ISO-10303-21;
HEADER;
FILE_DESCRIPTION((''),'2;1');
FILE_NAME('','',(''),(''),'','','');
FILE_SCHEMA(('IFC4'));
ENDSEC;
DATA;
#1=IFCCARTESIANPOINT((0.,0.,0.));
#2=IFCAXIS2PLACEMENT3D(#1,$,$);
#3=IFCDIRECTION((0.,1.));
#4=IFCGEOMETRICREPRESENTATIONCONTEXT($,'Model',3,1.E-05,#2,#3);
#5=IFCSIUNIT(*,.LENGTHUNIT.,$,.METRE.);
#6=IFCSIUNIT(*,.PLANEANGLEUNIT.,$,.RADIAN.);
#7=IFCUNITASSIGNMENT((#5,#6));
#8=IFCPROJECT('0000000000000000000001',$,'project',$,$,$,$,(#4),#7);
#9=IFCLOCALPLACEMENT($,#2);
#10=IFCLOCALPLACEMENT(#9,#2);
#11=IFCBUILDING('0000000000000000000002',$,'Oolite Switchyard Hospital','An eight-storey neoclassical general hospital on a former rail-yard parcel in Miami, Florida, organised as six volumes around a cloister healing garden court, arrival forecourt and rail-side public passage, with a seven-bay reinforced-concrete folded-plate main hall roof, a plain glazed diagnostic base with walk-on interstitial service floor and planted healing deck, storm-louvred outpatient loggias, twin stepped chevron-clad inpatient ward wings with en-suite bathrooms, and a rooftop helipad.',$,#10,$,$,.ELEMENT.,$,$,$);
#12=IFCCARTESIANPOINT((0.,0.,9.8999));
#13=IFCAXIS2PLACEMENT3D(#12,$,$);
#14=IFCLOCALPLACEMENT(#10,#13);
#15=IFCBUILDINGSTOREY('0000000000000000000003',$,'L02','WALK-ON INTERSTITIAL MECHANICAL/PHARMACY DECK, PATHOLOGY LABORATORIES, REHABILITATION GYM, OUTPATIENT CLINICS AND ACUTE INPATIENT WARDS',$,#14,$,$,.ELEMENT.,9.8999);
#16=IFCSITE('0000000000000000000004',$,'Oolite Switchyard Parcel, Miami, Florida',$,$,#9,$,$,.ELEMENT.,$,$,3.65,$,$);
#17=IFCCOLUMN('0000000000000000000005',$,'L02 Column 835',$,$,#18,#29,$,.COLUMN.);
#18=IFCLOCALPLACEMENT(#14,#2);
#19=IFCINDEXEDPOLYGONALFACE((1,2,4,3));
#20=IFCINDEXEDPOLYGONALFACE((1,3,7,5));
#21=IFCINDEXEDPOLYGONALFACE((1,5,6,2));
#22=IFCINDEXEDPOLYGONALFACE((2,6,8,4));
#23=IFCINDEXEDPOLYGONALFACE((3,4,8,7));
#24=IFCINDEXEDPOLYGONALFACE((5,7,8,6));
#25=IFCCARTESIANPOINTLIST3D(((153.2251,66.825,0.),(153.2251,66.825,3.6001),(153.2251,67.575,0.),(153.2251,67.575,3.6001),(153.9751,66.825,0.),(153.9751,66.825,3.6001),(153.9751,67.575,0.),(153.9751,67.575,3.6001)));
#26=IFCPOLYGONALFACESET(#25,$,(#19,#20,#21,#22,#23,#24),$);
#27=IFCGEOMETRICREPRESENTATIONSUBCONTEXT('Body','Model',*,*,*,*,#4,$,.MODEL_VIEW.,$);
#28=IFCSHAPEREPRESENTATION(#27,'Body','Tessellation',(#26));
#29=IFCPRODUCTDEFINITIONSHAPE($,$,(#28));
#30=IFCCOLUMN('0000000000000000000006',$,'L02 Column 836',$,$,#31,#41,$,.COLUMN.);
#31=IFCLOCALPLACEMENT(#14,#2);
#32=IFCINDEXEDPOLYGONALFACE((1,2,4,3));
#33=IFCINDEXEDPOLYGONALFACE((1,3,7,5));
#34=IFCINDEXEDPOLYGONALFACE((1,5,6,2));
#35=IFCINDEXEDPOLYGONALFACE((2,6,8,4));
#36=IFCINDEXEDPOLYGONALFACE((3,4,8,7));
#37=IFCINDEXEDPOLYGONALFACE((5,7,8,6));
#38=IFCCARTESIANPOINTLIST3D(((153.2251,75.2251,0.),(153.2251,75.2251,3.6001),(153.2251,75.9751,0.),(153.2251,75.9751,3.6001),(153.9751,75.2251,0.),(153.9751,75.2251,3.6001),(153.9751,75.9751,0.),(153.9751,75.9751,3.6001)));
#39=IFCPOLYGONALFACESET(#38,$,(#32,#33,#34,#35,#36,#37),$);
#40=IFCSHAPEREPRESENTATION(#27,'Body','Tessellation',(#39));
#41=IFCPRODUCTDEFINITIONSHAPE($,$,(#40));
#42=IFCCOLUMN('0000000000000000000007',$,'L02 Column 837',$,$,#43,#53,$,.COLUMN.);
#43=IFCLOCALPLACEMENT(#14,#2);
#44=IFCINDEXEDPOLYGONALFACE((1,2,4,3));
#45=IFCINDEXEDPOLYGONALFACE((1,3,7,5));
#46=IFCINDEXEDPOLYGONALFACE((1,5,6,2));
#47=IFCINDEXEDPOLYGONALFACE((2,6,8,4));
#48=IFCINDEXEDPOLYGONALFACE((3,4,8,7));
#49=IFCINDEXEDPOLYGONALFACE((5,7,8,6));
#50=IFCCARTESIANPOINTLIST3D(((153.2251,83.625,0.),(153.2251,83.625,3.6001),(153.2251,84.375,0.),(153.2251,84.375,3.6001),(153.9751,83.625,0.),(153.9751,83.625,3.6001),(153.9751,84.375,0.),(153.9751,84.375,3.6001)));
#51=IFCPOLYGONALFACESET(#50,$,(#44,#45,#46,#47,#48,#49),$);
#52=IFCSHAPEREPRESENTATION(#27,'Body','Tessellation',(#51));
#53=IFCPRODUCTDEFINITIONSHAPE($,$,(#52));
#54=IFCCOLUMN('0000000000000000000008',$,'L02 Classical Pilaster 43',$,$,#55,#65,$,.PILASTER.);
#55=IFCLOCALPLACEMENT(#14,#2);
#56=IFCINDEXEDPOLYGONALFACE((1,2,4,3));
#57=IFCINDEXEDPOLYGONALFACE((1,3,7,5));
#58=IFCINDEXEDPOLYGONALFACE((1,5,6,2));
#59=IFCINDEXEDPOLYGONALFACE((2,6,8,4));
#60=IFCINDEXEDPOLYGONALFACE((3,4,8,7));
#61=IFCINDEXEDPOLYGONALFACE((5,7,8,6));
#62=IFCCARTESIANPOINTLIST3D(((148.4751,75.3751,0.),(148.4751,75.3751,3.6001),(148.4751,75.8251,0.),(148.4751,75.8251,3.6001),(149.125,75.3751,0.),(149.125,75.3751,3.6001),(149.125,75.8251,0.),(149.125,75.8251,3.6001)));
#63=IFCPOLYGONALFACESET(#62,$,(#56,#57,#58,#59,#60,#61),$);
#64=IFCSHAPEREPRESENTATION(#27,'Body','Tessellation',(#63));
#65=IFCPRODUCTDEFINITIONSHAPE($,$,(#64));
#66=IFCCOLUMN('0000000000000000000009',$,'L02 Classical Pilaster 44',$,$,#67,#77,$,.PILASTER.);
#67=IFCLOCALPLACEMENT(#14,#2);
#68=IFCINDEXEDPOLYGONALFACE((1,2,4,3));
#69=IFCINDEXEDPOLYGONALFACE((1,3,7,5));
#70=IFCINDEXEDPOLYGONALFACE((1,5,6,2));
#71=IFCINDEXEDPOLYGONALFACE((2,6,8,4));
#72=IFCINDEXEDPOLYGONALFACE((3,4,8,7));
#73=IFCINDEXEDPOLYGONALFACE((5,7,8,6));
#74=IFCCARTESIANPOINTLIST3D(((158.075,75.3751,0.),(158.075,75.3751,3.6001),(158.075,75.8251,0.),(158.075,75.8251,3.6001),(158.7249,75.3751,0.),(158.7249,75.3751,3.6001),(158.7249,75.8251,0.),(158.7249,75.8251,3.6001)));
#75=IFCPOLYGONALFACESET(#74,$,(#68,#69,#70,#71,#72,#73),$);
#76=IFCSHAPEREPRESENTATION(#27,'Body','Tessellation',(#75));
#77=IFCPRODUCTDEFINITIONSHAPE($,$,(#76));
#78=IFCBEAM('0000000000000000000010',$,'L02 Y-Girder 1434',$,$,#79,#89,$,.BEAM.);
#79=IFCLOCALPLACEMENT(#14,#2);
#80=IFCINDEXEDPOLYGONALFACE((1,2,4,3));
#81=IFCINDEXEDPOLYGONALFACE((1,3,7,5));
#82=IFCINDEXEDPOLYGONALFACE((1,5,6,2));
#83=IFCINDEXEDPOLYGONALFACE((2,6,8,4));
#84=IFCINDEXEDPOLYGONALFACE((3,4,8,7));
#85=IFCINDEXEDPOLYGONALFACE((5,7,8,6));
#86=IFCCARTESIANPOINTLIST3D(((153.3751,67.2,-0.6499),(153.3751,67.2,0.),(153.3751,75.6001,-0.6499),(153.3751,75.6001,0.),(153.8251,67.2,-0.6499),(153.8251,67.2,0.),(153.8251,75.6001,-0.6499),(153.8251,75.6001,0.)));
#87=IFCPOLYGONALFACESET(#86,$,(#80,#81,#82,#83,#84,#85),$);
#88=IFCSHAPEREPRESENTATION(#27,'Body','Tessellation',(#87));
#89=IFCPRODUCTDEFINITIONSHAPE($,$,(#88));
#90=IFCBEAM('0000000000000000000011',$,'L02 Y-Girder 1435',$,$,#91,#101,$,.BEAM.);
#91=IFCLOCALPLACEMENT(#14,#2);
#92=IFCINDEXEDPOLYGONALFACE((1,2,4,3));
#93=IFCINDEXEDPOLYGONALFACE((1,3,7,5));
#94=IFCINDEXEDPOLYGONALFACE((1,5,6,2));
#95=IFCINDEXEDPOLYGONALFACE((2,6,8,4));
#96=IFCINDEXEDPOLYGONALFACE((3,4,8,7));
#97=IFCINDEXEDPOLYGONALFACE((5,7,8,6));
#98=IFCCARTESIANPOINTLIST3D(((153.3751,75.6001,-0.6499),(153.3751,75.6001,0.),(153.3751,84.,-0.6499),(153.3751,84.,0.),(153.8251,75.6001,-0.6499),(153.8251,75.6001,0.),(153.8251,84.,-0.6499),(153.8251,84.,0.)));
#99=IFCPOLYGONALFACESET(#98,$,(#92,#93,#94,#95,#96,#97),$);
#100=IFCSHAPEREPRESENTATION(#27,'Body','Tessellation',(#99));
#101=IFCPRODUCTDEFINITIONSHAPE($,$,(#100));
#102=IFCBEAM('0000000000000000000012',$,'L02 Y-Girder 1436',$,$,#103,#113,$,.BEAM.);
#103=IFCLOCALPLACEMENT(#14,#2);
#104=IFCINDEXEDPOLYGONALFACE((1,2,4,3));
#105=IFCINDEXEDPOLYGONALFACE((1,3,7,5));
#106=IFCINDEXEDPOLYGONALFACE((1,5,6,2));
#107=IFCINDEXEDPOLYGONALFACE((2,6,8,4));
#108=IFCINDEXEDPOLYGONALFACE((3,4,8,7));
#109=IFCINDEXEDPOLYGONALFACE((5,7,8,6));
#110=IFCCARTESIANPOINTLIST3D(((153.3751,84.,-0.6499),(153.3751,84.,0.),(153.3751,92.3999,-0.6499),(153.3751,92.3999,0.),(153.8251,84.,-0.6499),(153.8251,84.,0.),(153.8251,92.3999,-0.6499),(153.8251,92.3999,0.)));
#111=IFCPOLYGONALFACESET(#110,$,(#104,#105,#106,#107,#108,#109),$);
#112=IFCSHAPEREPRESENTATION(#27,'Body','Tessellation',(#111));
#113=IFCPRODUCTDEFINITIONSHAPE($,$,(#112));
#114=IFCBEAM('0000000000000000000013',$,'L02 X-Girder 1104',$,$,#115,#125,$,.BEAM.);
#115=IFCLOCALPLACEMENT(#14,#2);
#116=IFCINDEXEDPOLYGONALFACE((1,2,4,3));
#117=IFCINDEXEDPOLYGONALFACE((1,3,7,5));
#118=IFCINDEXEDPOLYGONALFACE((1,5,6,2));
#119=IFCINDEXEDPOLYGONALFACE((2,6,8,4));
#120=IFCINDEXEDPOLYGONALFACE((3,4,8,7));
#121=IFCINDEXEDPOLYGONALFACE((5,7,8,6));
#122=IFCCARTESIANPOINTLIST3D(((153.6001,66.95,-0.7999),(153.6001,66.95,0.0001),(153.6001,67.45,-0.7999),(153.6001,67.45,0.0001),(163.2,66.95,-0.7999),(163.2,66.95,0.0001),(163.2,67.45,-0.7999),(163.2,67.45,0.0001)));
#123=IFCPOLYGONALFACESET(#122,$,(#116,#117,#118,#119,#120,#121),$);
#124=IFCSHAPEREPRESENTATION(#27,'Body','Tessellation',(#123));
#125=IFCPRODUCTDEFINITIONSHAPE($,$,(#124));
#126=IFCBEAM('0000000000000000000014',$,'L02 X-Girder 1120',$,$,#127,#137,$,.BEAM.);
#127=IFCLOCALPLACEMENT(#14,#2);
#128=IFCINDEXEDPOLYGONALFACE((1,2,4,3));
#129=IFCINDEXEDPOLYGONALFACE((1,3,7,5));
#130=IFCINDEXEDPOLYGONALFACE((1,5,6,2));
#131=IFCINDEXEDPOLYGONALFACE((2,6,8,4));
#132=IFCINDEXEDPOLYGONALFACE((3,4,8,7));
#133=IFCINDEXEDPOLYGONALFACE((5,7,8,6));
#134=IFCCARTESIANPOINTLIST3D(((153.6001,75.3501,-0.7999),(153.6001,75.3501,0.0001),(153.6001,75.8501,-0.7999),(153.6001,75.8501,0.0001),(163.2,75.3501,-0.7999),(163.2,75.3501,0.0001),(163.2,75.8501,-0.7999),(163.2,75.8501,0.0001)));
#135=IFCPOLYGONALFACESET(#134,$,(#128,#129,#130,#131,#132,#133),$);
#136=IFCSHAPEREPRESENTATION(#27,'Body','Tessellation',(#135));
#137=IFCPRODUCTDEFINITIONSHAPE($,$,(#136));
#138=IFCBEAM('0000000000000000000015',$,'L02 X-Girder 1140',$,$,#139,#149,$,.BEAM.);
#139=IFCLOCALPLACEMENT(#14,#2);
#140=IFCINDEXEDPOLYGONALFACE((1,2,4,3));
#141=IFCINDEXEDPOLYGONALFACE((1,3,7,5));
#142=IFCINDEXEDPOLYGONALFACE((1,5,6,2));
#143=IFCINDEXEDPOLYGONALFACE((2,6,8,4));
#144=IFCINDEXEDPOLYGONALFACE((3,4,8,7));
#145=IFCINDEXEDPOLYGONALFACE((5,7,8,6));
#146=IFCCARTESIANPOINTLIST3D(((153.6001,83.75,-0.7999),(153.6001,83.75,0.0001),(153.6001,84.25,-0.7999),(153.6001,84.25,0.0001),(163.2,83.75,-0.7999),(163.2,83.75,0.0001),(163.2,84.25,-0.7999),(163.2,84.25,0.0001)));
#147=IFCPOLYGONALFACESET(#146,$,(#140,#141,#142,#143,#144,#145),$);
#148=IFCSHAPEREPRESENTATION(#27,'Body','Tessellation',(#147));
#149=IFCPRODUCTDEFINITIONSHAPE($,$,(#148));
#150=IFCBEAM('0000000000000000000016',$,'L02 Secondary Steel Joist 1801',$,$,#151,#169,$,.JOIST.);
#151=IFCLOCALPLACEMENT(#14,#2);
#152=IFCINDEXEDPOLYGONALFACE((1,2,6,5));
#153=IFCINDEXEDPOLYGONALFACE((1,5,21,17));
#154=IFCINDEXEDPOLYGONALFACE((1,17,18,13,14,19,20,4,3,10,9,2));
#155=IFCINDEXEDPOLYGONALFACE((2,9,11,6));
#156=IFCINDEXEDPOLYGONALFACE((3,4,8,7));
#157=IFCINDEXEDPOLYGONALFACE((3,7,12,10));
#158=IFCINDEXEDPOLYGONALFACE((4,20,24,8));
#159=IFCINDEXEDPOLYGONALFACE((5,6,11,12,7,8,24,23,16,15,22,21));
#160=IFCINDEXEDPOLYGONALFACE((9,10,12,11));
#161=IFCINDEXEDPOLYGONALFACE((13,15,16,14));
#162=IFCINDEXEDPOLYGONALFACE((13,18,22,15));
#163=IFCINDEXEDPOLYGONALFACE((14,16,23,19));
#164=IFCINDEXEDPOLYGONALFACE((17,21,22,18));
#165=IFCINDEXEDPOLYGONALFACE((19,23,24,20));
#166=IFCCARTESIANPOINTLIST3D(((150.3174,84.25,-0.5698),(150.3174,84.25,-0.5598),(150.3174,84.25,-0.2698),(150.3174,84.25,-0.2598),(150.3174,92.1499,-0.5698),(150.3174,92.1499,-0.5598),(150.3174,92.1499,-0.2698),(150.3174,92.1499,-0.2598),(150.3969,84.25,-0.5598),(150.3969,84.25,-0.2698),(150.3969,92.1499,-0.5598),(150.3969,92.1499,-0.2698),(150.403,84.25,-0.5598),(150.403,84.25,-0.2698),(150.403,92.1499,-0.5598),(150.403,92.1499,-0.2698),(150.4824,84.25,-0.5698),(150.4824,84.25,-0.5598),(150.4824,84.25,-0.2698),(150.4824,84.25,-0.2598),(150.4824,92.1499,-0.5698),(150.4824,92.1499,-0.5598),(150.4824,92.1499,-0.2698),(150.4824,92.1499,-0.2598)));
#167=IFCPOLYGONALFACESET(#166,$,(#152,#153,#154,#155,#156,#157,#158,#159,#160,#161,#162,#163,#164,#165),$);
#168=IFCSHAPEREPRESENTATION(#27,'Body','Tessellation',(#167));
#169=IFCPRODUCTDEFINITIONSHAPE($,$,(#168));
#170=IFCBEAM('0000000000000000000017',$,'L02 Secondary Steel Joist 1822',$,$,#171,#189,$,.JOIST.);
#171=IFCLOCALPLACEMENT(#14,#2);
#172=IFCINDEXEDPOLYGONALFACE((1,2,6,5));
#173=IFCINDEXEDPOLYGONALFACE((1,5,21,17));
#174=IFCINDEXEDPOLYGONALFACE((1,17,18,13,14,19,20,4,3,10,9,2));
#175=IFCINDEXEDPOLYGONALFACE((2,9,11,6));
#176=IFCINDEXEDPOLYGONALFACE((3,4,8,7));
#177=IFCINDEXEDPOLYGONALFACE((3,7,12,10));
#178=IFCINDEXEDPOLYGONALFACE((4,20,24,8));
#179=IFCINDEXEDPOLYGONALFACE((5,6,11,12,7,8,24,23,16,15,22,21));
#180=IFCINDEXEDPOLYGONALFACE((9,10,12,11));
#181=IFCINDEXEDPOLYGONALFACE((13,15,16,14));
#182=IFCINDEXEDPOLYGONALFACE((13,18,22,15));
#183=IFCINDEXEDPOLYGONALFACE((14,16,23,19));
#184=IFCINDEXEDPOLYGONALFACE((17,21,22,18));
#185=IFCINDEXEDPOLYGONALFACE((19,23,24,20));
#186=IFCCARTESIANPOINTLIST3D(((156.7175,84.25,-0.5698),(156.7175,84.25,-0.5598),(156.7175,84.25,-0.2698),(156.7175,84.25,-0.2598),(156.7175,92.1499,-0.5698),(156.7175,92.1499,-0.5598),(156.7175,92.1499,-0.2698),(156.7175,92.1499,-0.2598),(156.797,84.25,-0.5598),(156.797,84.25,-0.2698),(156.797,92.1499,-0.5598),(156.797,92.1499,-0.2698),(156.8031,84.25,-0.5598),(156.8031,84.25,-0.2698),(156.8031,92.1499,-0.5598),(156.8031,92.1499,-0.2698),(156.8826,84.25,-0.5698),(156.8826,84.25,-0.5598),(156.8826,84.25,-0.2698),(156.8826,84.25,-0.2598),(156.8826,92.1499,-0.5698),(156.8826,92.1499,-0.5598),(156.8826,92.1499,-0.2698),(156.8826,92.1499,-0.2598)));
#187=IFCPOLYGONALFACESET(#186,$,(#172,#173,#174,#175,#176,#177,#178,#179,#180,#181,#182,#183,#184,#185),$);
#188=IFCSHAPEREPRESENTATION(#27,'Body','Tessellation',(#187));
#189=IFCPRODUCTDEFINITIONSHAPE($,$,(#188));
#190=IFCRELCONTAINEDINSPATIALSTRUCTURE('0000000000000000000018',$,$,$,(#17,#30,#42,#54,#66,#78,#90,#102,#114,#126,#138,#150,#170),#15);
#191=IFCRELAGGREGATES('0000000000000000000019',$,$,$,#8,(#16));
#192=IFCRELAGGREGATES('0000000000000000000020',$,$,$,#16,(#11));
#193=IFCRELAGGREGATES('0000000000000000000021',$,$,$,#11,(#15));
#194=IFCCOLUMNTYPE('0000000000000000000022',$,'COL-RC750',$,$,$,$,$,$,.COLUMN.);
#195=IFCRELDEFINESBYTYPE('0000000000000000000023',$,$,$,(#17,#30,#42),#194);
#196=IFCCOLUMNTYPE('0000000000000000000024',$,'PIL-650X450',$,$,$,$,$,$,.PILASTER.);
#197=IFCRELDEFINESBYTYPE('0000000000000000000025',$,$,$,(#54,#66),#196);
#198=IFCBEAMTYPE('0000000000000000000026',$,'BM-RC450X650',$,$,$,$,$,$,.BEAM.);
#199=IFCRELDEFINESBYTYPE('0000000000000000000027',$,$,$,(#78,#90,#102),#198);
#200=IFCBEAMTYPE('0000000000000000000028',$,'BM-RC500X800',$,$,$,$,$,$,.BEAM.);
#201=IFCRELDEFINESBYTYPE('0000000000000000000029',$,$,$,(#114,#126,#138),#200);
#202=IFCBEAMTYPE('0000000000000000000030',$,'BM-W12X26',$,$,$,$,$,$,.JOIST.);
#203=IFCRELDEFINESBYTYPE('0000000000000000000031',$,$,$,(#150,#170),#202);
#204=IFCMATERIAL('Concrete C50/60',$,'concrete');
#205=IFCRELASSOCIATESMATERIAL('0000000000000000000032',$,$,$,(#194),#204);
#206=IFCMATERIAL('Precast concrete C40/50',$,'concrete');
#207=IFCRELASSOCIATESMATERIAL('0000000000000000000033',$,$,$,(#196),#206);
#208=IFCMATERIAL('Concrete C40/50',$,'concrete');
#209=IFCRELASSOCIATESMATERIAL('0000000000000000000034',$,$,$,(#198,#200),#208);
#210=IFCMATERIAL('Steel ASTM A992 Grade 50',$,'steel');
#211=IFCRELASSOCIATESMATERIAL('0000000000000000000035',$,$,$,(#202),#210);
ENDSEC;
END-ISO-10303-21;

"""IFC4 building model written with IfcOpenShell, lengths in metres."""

from ifc_helpers import new_model, si_unit, direction, frame, origin, origin_2d, place, context, subcontext, project, spatial, rectangle, i_section, extrude, material, material_profile, profile_set, type_object, element, save


model = new_model("IFC4")

# Units and contexts
model_context = context("Model", 3, precision=1e-05, world=origin(), true_north=direction((0.0, 1.0)))
body_context = subcontext(model_context, "Body", "Model", "MODEL_VIEW")
ifc_project = project(units=[si_unit("LENGTHUNIT", "METRE"), si_unit("PLANEANGLEUNIT", "RADIAN")], contexts=[model_context])

# Site, building, storey
site_placement = place(None, origin())
site = spatial("IfcSite", under=ifc_project, at=site_placement, Name="Oolite Switchyard Parcel, Miami, Florida", CompositionType="ELEMENT", RefElevation=3.65)
building_placement = place(site_placement, origin())
building = spatial("IfcBuilding", under=site, at=building_placement, Name="Oolite Switchyard Hospital", Description="An eight-storey neoclassical general hospital on a former rail-yard parcel in Miami, Florida, organised as six volumes around a cloister healing garden court, arrival forecourt and rail-side public passage, with a seven-bay reinforced-concrete folded-plate main hall roof, a plain glazed diagnostic base with walk-on interstitial service floor and planted healing deck, storm-louvred outpatient loggias, twin stepped chevron-clad inpatient ward wings with en-suite bathrooms, and a rooftop helipad.", CompositionType="ELEMENT")
storey_placement = place(building_placement, frame((0.0, 0.0, 9.8999)))
storey = spatial("IfcBuildingStorey", under=building, at=storey_placement, Name="L02", Description="WALK-ON INTERSTITIAL MECHANICAL/PHARMACY DECK, PATHOLOGY LABORATORIES, REHABILITATION GYM, OUTPATIENT CLINICS AND ACUTE INPATIENT WARDS", CompositionType="ELEMENT", Elevation=9.8999)

# Columns
ifc_material_1 = material(Name="Concrete C50/60", Category="concrete")
ifc_material_profile_1 = material_profile(ifc_material_1, rectangle(XDim=0.75, YDim=0.75, at=origin_2d()), Name="RC750X750")
ifc_profile_set_1 = profile_set([ifc_material_profile_1], Name="Concrete C50/60")
column_type_1 = type_object("IfcColumnType", Name="COL-RC750", PredefinedType="COLUMN", material=ifc_profile_set_1)
for number, where, z_axis, x_axis, name in (
    (1, (153.6001, 67.2, 0.0), (0.0, 0.0, 1.0), (1.0, 0.0, 0.0), "L02 Column 835"),
    (2, (153.6001, 75.6001, 0.0), (0.0, 0.0, 1.0), (1.0, 0.0, 0.0), "L02 Column 836"),
    (3, (153.6001, 84.0, 0.0), (0.0, 0.0, 1.0), (1.0, 0.0, 0.0), "L02 Column 837"),
):
    element("IfcColumn", number, at=place(storey_placement, frame(where, z_axis=z_axis, x_axis=x_axis)), inside=storey, type_object=column_type_1, Name=name, PredefinedType="COLUMN", context=body_context, shape_type="SweptSolid", body=[
        extrude(rectangle(XDim=0.75, YDim=0.75, at=origin_2d()), origin(), (0.0, 0.0, 1.0), 3.6001),
    ])
ifc_material_2 = material(Name="Precast concrete C40/50", Category="concrete")
ifc_material_profile_2 = material_profile(ifc_material_2, rectangle(XDim=0.6499, YDim=0.45, at=origin_2d()), Name="PIL650X450")
ifc_profile_set_2 = profile_set([ifc_material_profile_2], Name="Precast concrete C40/50")
column_type_2 = type_object("IfcColumnType", Name="PIL-650X450", PredefinedType="PILASTER", material=ifc_profile_set_2)
for number, where, z_axis, x_axis, name in (
    (4, (148.8, 75.6001, 0.0), (0.0, 0.0, 1.0), (1.0, 0.0, 0.0), "L02 Classical Pilaster 43"),
    (5, (158.3999, 75.6001, 0.0), (0.0, 0.0, 1.0), (1.0, 0.0, 0.0), "L02 Classical Pilaster 44"),
):
    element("IfcColumn", number, at=place(storey_placement, frame(where, z_axis=z_axis, x_axis=x_axis)), inside=storey, type_object=column_type_2, Name=name, PredefinedType="PILASTER", context=body_context, shape_type="SweptSolid", body=[
        extrude(rectangle(XDim=0.6499, YDim=0.45, at=origin_2d()), origin(), (0.0, 0.0, 1.0), 3.6001),
    ])

# Beams
ifc_material_3 = material(Name="Concrete C40/50", Category="concrete")
ifc_material_profile_3 = material_profile(ifc_material_3, rectangle(XDim=0.45, YDim=0.6499, at=origin_2d()), Name="RCB450X650")
ifc_profile_set_3 = profile_set([ifc_material_profile_3], Name="Concrete C40/50")
beam_type_1 = type_object("IfcBeamType", Name="BM-RC450X650", PredefinedType="BEAM", material=ifc_profile_set_3)
beam_placement = place(storey_placement, frame((153.6001, 67.2, -0.325), z_axis=(0.0, 1.0, 0.0), x_axis=(-1.0, 0.0, 0.0)))
element("IfcBeam", 6, at=beam_placement, inside=storey, type_object=beam_type_1, Name="L02 Y-Girder 1434", PredefinedType="BEAM", context=body_context, shape_type="SweptSolid", body=[
    extrude(rectangle(XDim=0.45, YDim=0.6499, at=origin_2d()), origin(), (0.0, 0.0, 1.0), 8.4001),
])
for number, where, z_axis, x_axis, name in (
    (7, (153.6001, 75.6001, -0.325), (0.0, 1.0, 0.0), (-1.0, 0.0, 0.0), "L02 Y-Girder 1435"),
    (8, (153.6001, 84.0, -0.325), (0.0, 1.0, 0.0), (-1.0, 0.0, 0.0), "L02 Y-Girder 1436"),
):
    element("IfcBeam", number, at=place(storey_placement, frame(where, z_axis=z_axis, x_axis=x_axis)), inside=storey, type_object=beam_type_1, Name=name, PredefinedType="BEAM", context=body_context, shape_type="SweptSolid", body=[
        extrude(rectangle(XDim=0.45, YDim=0.6499, at=origin_2d()), origin(), (0.0, 0.0, 1.0), 8.3999),
    ])
ifc_material_profile_4 = material_profile(ifc_material_3, rectangle(XDim=0.5, YDim=0.8, at=origin_2d()), Name="RCB500X800")
ifc_profile_set_4 = profile_set([ifc_material_profile_4], Name="Concrete C40/50")
beam_type_2 = type_object("IfcBeamType", Name="BM-RC500X800", PredefinedType="BEAM", material=ifc_profile_set_4)
for number, where, z_axis, x_axis, name in (
    (9, (153.6001, 67.2, -0.3999), (1.0, 0.0, 0.0), (0.0, 1.0, 0.0), "L02 X-Girder 1104"),
    (10, (153.6001, 75.6001, -0.3999), (1.0, 0.0, 0.0), (0.0, 1.0, 0.0), "L02 X-Girder 1120"),
    (11, (153.6001, 84.0, -0.3999), (1.0, 0.0, 0.0), (0.0, 1.0, 0.0), "L02 X-Girder 1140"),
):
    element("IfcBeam", number, at=place(storey_placement, frame(where, z_axis=z_axis, x_axis=x_axis)), inside=storey, type_object=beam_type_2, Name=name, PredefinedType="BEAM", context=body_context, shape_type="SweptSolid", body=[
        extrude(rectangle(XDim=0.5, YDim=0.8, at=origin_2d()), origin(), (0.0, 0.0, 1.0), 9.5999),
    ])
ifc_material_4 = material(Name="Steel ASTM A992 Grade 50", Category="steel")
ifc_material_profile_5 = material_profile(ifc_material_4, i_section(OverallWidth=0.165, OverallDepth=0.3101, WebThickness=0.0061, FlangeThickness=0.01, at=origin_2d()), Name="W12X26")
ifc_profile_set_5 = profile_set([ifc_material_profile_5], Name="Steel ASTM A992 Grade 50")
beam_type_3 = type_object("IfcBeamType", Name="BM-W12X26", PredefinedType="JOIST", material=ifc_profile_set_5)
for number, where, z_axis, x_axis, name in (
    (12, (150.3999, 84.25, -0.4148), (0.0, 1.0, 0.0), (-1.0, 0.0, 0.0), "L02 Secondary Steel Joist 1801"),
    (13, (156.8, 84.25, -0.4148), (0.0, 1.0, 0.0), (-1.0, 0.0, 0.0), "L02 Secondary Steel Joist 1822"),
):
    element("IfcBeam", number, at=place(storey_placement, frame(where, z_axis=z_axis, x_axis=x_axis)), inside=storey, type_object=beam_type_3, Name=name, PredefinedType="JOIST", context=body_context, shape_type="SweptSolid", body=[
        extrude(i_section(OverallWidth=0.165, OverallDepth=0.3101, WebThickness=0.0061, FlangeThickness=0.01, at=origin_2d()), origin(), (0.0, 0.0, 1.0), 7.8999),
    ])

save(model, "model.ifc")
